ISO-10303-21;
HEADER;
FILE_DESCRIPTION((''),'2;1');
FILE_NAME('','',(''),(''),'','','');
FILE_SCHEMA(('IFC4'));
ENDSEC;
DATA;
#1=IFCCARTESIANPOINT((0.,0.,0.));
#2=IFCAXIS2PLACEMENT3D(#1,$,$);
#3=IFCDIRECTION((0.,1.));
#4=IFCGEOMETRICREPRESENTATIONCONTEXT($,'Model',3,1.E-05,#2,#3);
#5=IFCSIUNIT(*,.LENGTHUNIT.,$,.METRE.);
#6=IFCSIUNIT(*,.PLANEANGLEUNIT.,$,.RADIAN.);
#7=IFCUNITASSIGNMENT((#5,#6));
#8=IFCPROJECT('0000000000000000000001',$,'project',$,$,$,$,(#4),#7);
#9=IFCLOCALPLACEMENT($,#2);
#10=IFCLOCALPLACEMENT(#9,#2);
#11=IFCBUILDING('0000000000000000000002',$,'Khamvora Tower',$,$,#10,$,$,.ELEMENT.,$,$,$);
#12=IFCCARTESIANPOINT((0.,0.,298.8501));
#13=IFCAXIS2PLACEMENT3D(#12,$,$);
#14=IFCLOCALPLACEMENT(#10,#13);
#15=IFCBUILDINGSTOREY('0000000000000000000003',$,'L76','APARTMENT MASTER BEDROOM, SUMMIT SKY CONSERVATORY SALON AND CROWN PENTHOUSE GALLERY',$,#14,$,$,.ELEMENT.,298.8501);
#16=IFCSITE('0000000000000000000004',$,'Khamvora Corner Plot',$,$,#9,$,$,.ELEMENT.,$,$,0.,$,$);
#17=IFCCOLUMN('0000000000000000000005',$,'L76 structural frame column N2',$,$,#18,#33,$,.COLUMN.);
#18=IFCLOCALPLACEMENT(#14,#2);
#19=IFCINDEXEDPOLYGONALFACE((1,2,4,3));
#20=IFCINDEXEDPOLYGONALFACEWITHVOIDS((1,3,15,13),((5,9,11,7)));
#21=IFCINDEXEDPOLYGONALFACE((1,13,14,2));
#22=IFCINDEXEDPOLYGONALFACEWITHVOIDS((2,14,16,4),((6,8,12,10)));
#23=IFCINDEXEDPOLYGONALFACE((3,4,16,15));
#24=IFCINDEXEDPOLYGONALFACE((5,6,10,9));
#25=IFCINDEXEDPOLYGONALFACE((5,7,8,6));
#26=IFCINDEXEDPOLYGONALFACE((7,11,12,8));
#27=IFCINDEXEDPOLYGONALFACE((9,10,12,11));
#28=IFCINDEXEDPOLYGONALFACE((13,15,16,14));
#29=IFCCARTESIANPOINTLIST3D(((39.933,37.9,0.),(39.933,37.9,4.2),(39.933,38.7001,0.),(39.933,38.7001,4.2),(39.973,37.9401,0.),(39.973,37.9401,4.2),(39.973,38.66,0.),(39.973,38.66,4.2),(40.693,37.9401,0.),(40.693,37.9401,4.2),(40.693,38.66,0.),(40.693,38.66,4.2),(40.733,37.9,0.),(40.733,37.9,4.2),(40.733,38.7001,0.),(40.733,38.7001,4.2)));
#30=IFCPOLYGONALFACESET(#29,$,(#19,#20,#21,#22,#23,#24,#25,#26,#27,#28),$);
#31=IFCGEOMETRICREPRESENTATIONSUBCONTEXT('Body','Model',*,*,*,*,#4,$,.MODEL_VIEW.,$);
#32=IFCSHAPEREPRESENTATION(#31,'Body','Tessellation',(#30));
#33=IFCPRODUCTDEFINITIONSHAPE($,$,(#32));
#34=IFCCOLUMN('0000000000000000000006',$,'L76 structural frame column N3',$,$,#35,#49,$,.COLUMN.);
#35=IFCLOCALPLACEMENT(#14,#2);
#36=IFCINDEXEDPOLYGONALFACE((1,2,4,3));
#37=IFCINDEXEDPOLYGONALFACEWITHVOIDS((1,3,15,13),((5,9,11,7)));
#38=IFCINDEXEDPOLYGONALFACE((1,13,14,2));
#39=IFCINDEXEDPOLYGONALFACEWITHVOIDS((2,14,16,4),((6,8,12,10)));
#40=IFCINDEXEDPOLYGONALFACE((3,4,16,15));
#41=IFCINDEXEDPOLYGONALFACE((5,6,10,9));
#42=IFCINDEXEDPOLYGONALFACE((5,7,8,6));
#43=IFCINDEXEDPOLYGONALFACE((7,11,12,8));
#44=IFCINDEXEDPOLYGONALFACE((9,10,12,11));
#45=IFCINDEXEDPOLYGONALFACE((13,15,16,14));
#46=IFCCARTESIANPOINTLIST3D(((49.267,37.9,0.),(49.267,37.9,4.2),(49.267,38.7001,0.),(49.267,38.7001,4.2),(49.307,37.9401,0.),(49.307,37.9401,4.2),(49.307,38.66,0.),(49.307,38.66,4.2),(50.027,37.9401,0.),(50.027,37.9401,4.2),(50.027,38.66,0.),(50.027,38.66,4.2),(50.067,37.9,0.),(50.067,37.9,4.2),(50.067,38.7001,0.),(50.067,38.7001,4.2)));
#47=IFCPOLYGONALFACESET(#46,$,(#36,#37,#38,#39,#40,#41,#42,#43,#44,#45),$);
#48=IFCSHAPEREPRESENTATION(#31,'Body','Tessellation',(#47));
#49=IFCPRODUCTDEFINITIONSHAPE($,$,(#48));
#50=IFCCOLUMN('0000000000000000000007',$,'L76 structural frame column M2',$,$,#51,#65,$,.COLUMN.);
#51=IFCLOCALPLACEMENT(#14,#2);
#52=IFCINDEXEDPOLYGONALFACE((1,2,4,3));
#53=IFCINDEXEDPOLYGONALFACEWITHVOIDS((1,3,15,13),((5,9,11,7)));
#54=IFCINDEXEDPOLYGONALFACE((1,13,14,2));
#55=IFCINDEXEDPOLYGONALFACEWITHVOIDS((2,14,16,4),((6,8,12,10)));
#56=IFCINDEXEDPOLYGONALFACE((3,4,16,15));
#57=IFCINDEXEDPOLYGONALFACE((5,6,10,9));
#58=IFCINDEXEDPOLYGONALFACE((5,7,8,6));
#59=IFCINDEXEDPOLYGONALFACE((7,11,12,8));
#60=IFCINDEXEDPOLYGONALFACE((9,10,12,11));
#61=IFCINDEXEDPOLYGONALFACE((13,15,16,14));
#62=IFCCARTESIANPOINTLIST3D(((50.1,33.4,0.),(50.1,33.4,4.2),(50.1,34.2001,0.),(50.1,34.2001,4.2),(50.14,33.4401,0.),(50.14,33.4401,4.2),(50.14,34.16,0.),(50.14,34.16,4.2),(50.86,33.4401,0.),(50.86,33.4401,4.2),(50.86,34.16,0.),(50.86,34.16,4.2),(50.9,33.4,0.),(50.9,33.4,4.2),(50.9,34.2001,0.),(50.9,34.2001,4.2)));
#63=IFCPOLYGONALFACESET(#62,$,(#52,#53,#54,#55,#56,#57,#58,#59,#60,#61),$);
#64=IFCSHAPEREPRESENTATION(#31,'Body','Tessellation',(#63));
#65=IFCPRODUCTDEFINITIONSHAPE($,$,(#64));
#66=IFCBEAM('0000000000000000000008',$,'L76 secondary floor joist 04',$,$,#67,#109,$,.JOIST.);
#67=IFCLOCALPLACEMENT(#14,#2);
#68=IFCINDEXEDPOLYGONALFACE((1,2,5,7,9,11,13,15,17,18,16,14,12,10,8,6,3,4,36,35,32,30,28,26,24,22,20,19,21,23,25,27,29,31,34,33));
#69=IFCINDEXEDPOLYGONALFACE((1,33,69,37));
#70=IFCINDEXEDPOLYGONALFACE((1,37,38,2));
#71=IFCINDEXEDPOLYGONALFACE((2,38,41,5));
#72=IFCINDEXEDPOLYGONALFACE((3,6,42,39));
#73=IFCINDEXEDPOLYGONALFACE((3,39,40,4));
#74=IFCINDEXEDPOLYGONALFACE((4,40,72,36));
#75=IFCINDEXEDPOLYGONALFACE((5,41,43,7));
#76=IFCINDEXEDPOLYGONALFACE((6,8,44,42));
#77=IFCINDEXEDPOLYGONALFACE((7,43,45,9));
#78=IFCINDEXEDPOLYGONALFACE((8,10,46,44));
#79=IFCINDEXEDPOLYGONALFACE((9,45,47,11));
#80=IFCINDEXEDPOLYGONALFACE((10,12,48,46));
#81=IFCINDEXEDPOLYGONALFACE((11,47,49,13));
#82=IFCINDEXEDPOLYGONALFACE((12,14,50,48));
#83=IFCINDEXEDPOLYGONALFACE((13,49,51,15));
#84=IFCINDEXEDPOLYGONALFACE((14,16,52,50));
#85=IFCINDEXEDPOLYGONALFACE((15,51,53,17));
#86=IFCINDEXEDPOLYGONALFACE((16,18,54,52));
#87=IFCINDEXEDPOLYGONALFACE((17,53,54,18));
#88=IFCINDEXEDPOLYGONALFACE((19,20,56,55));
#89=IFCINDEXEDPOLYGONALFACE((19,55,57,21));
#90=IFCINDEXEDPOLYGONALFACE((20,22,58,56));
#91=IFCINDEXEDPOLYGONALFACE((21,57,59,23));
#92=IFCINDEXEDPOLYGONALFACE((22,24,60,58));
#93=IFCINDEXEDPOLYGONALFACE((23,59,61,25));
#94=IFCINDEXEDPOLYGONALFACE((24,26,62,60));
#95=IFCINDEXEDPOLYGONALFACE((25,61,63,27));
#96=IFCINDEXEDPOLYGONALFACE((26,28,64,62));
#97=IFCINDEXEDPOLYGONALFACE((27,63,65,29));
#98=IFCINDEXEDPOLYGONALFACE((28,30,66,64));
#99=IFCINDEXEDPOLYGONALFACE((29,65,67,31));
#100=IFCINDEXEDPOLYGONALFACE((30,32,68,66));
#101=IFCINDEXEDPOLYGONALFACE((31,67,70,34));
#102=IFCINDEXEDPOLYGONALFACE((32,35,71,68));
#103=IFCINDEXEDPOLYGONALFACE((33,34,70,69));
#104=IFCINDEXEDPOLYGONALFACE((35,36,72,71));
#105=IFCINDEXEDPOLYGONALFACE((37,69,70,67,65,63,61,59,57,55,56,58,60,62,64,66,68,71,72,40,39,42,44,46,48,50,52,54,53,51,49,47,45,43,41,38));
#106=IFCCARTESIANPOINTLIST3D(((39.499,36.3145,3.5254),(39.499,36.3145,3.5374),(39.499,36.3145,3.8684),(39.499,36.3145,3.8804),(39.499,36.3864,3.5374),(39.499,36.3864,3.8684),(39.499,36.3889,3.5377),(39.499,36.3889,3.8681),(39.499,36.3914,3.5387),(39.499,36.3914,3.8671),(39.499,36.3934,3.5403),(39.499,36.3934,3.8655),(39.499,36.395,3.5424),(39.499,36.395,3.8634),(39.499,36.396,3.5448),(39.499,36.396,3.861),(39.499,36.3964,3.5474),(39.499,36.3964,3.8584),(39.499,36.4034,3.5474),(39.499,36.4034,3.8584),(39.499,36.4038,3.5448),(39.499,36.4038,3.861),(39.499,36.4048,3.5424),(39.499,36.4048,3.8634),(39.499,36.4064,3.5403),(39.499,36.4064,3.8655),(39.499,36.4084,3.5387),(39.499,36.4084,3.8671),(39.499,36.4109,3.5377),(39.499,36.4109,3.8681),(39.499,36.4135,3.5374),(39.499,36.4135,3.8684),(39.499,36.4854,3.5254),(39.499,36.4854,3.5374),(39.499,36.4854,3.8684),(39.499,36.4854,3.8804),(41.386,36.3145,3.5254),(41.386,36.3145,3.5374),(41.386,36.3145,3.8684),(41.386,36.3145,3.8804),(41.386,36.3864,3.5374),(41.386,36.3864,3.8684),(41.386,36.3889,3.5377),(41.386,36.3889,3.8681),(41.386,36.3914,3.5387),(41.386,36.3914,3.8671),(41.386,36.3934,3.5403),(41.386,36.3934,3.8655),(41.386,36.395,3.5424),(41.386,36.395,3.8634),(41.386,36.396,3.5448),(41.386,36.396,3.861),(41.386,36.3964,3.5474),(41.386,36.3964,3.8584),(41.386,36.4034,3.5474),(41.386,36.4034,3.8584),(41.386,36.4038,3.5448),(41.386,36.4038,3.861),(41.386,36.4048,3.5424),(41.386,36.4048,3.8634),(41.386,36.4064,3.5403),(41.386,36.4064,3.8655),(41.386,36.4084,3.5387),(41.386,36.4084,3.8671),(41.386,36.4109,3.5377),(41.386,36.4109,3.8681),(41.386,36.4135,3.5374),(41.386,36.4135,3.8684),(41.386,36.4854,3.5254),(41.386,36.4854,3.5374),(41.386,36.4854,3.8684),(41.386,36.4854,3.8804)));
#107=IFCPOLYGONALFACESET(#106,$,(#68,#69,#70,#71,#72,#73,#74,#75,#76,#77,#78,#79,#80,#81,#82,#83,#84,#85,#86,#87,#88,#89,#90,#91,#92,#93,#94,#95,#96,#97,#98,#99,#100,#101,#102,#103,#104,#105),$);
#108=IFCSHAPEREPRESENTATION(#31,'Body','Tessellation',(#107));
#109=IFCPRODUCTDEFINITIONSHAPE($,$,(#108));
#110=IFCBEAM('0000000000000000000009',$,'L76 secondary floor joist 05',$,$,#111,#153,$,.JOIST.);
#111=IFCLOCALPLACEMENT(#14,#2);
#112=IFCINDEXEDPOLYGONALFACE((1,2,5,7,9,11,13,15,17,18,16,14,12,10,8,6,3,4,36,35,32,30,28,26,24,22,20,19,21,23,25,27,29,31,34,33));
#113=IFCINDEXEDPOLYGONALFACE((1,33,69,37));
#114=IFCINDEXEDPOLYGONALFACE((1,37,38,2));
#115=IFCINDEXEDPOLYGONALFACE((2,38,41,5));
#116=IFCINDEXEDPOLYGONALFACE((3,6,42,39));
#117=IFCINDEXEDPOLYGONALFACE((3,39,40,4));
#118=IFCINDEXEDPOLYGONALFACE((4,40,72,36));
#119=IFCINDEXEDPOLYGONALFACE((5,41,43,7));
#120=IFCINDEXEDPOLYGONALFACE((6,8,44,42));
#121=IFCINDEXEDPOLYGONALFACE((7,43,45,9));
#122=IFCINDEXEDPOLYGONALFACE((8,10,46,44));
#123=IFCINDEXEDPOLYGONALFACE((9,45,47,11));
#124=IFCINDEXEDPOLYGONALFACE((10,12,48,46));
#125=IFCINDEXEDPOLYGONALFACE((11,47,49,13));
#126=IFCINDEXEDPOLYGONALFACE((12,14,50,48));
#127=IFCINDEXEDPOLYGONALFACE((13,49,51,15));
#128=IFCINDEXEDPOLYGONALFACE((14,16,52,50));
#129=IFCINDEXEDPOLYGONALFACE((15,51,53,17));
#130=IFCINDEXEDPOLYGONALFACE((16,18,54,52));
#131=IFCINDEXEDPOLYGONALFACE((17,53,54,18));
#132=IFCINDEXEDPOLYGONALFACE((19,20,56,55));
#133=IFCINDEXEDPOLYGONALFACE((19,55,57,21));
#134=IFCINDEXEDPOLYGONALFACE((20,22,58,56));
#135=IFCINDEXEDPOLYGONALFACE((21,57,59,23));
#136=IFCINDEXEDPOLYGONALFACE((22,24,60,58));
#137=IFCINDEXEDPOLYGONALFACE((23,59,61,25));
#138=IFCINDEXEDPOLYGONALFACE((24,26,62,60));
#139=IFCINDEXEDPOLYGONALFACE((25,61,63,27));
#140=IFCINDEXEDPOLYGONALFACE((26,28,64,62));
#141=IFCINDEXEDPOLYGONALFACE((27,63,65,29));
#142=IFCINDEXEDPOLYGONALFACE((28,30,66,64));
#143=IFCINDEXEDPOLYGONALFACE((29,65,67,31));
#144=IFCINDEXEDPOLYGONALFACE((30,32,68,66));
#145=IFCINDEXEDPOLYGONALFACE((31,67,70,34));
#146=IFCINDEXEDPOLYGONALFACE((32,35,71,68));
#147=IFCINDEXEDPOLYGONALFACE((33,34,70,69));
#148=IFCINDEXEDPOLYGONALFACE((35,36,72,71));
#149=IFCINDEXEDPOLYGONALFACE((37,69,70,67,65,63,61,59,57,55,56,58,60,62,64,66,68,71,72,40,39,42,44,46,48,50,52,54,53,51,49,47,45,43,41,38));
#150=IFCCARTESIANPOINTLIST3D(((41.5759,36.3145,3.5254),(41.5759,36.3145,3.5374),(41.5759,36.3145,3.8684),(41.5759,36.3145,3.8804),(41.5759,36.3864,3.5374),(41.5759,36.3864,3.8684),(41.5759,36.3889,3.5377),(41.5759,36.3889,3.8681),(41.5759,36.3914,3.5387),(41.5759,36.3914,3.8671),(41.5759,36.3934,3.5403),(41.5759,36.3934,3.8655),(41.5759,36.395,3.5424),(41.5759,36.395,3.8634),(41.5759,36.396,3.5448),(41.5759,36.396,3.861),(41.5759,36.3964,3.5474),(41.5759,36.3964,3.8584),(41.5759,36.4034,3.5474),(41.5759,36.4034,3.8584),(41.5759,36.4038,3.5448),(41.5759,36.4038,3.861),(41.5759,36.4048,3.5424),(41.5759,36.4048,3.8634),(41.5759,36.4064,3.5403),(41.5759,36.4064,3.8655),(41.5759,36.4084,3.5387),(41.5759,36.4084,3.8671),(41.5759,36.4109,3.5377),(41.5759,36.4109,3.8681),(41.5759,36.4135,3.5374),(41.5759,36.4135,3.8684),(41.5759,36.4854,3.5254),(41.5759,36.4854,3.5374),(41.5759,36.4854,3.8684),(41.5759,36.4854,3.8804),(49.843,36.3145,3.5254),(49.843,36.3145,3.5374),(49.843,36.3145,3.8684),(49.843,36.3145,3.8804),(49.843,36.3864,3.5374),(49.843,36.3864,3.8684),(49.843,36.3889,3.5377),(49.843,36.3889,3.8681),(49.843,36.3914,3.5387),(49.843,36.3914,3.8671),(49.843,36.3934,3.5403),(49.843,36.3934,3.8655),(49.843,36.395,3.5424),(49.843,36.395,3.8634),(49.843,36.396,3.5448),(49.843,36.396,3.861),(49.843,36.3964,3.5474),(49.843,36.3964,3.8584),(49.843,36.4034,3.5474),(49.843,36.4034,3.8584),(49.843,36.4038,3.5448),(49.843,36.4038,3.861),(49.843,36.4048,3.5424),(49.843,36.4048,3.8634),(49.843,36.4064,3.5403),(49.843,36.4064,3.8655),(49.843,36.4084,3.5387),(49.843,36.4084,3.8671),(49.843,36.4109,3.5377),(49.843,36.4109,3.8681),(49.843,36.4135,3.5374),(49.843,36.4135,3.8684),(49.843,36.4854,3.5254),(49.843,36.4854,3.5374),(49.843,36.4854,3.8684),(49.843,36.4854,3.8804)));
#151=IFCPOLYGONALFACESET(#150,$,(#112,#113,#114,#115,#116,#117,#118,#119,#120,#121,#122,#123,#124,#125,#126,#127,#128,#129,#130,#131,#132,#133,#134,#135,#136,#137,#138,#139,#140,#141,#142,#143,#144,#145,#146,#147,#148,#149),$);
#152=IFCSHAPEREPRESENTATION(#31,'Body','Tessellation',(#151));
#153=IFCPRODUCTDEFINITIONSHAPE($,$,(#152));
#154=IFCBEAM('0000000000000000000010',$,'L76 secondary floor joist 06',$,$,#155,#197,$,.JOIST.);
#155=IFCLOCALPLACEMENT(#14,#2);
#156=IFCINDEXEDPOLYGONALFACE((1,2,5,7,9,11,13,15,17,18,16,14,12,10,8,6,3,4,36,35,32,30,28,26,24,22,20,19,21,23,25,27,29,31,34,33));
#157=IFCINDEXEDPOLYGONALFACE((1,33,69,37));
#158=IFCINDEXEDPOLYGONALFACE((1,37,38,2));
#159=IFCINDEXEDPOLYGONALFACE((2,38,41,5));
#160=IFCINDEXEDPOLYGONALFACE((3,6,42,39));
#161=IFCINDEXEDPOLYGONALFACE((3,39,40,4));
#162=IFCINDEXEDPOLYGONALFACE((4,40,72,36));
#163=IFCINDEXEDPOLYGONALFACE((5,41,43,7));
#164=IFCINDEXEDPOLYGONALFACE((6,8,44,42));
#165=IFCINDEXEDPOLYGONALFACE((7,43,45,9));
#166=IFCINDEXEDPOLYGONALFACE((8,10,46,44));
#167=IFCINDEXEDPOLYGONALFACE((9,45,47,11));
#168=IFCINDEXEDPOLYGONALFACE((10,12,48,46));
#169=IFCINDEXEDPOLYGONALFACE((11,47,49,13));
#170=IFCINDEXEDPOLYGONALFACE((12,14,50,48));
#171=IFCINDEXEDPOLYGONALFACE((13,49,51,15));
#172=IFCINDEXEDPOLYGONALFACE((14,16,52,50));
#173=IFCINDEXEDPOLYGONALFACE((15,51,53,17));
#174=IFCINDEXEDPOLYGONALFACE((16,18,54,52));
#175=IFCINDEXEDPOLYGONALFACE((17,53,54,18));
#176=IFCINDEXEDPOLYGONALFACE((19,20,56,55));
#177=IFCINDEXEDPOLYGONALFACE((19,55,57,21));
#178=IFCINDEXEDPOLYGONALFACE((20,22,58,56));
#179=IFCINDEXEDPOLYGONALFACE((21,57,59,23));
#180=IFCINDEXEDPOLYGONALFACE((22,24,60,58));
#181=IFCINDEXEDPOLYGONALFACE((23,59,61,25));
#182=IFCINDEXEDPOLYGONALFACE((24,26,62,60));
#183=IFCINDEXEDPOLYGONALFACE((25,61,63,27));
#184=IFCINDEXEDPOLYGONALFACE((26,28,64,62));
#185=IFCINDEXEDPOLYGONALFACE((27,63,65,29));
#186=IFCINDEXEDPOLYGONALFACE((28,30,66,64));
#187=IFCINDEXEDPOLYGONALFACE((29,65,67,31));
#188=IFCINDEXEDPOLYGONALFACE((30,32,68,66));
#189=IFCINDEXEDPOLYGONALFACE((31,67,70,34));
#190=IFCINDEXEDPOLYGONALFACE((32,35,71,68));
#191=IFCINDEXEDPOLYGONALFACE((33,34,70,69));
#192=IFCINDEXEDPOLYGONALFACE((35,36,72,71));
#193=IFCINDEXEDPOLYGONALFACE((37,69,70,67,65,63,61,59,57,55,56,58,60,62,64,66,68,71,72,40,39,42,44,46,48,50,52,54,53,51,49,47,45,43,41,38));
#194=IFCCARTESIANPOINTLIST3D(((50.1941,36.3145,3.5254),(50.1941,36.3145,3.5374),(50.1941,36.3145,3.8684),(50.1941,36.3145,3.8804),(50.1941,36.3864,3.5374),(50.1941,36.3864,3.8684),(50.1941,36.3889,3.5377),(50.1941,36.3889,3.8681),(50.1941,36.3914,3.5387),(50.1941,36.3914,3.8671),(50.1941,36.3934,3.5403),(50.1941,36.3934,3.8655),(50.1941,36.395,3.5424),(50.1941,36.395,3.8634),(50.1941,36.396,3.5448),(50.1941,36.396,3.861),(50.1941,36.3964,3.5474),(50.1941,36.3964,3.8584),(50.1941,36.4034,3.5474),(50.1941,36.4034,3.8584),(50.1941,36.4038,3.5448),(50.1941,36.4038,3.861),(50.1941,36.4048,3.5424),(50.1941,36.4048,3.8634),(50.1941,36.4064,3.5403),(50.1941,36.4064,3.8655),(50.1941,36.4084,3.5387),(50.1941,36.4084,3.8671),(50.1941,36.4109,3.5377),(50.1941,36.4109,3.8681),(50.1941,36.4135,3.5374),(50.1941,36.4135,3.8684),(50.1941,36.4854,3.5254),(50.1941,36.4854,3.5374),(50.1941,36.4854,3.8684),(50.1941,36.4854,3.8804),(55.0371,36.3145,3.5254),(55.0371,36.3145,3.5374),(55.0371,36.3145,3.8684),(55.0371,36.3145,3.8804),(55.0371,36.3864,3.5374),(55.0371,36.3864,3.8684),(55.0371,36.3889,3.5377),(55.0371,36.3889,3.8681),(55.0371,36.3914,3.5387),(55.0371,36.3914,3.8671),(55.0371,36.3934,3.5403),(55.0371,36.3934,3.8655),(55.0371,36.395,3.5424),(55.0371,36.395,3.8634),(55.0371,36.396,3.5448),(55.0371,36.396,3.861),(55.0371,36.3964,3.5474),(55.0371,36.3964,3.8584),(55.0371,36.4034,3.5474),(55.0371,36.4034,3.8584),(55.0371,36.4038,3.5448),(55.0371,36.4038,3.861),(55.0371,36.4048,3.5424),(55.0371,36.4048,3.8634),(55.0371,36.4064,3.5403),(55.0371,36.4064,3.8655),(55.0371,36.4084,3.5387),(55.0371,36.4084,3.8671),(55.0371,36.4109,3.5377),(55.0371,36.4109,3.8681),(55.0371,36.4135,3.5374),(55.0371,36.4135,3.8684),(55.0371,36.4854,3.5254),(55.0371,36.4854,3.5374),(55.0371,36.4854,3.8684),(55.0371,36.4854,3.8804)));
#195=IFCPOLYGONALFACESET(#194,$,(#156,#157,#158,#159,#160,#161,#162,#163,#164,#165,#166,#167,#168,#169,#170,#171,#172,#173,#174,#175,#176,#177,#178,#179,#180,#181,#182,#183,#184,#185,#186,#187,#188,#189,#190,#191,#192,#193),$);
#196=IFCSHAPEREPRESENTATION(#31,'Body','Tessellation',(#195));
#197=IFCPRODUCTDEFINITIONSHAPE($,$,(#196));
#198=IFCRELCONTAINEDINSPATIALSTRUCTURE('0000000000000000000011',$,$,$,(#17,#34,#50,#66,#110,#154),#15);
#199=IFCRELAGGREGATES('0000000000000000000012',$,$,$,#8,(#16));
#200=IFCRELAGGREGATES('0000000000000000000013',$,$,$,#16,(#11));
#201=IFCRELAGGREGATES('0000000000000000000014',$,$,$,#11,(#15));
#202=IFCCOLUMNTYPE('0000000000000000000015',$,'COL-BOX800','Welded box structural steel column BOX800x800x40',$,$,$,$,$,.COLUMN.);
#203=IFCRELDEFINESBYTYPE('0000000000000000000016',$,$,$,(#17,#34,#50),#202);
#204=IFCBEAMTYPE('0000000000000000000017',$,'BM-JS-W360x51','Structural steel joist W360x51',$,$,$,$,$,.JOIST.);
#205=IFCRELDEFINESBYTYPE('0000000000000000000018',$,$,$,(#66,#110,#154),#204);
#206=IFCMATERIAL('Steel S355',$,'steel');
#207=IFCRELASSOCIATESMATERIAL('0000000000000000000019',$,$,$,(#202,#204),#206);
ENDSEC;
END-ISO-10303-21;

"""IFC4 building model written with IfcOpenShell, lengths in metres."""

from ifc_helpers import new_model, si_unit, direction, frame, origin, origin_2d, place, context, subcontext, project, spatial, hollow_rectangle, i_section, extrude, material, material_profile, profile_set, type_object, element, save


model = new_model("IFC4")

# Units and contexts
model_context = context("Model", 3, precision=1e-05, world=origin(), true_north=direction((0.0, 1.0)))
body_context = subcontext(model_context, "Body", "Model", "MODEL_VIEW")
ifc_project = project(units=[si_unit("LENGTHUNIT", "METRE"), si_unit("PLANEANGLEUNIT", "RADIAN")], contexts=[model_context])

# Site, building, storey
site_placement = place(None, origin())
site = spatial("IfcSite", under=ifc_project, at=site_placement, Name="Khamvora Corner Plot", CompositionType="ELEMENT", RefElevation=0.0)
building_placement = place(site_placement, origin())
building = spatial("IfcBuilding", under=site, at=building_placement, Name="Khamvora Tower", CompositionType="ELEMENT")
storey_placement = place(building_placement, frame((0.0, 0.0, 298.8501)))
storey = spatial("IfcBuildingStorey", under=building, at=storey_placement, Name="L76", Description="APARTMENT MASTER BEDROOM, SUMMIT SKY CONSERVATORY SALON AND CROWN PENTHOUSE GALLERY", CompositionType="ELEMENT", Elevation=298.8501)

# Columns
ifc_material_1 = material(Name="Steel S355", Category="steel")
ifc_material_profile_1 = material_profile(ifc_material_1, hollow_rectangle(XDim=0.8, YDim=0.8, WallThickness=0.04, at=origin_2d()), Name="BOX800x800x40")
ifc_profile_set_1 = profile_set([ifc_material_profile_1], Name="Steel S355")
column_type = type_object("IfcColumnType", Name="COL-BOX800", Description="Welded box structural steel column BOX800x800x40", PredefinedType="COLUMN", material=ifc_profile_set_1)
for number, where, z_axis, x_axis, name in (
    (1, (40.333, 38.3, 0.0), (0.0, 0.0, 1.0), (1.0, 0.0, 0.0), "L76 structural frame column N2"),
    (2, (49.667, 38.3, 0.0), (0.0, 0.0, 1.0), (1.0, 0.0, 0.0), "L76 structural frame column N3"),
    (3, (50.5, 33.8, 0.0), (0.0, 0.0, 1.0), (1.0, 0.0, 0.0), "L76 structural frame column M2"),
):
    element("IfcColumn", number, at=place(storey_placement, frame(where, z_axis=z_axis, x_axis=x_axis)), inside=storey, type_object=column_type, Name=name, PredefinedType="COLUMN", context=body_context, shape_type="SweptSolid", body=[
        extrude(hollow_rectangle(XDim=0.8, YDim=0.8, WallThickness=0.04, at=origin_2d()), origin(), (0.0, 0.0, 1.0), 4.2),
    ])

# Beams
ifc_material_profile_2 = material_profile(ifc_material_1, i_section(OverallWidth=0.1709, OverallDepth=0.355, WebThickness=0.0071, FlangeThickness=0.012, FilletRadius=0.01, at=origin_2d()), Name="W360x51")
ifc_profile_set_2 = profile_set([ifc_material_profile_2], Name="Steel S355")
beam_type_1 = type_object("IfcBeamType", Name="BM-JS-W360x51", Description="Structural steel joist W360x51", PredefinedType="JOIST", material=ifc_profile_set_2)
beam_1_placement = place(storey_placement, frame((39.499, 36.3999, 3.7029), z_axis=(1.0, 0.0, 0.0), x_axis=(0.0, 1.0, 0.0)))
element("IfcBeam", 4, at=beam_1_placement, inside=storey, type_object=beam_type_1, Name="L76 secondary floor joist 04", PredefinedType="JOIST", context=body_context, shape_type="SweptSolid", body=[
    extrude(i_section(OverallWidth=0.1709, OverallDepth=0.355, WebThickness=0.0071, FlangeThickness=0.012, FilletRadius=0.01, at=origin_2d()), origin(), (0.0, 0.0, 1.0), 1.887),
])
beam_2_placement = place(storey_placement, frame((41.5759, 36.3999, 3.7029), z_axis=(1.0, 0.0, 0.0), x_axis=(0.0, 1.0, 0.0)))
element("IfcBeam", 5, at=beam_2_placement, inside=storey, type_object=beam_type_1, Name="L76 secondary floor joist 05", PredefinedType="JOIST", context=body_context, shape_type="SweptSolid", body=[
    extrude(i_section(OverallWidth=0.1709, OverallDepth=0.355, WebThickness=0.0071, FlangeThickness=0.012, FilletRadius=0.01, at=origin_2d()), origin(), (0.0, 0.0, 1.0), 8.2671),
])
beam_3_placement = place(storey_placement, frame((50.1941, 36.3999, 3.7029), z_axis=(1.0, 0.0, 0.0), x_axis=(0.0, 1.0, 0.0)))
element("IfcBeam", 6, at=beam_3_placement, inside=storey, type_object=beam_type_1, Name="L76 secondary floor joist 06", PredefinedType="JOIST", context=body_context, shape_type="SweptSolid", body=[
    extrude(i_section(OverallWidth=0.1709, OverallDepth=0.355, WebThickness=0.0071, FlangeThickness=0.012, FilletRadius=0.01, at=origin_2d()), origin(), (0.0, 0.0, 1.0), 4.843),
])

save(model, "model.ifc")
